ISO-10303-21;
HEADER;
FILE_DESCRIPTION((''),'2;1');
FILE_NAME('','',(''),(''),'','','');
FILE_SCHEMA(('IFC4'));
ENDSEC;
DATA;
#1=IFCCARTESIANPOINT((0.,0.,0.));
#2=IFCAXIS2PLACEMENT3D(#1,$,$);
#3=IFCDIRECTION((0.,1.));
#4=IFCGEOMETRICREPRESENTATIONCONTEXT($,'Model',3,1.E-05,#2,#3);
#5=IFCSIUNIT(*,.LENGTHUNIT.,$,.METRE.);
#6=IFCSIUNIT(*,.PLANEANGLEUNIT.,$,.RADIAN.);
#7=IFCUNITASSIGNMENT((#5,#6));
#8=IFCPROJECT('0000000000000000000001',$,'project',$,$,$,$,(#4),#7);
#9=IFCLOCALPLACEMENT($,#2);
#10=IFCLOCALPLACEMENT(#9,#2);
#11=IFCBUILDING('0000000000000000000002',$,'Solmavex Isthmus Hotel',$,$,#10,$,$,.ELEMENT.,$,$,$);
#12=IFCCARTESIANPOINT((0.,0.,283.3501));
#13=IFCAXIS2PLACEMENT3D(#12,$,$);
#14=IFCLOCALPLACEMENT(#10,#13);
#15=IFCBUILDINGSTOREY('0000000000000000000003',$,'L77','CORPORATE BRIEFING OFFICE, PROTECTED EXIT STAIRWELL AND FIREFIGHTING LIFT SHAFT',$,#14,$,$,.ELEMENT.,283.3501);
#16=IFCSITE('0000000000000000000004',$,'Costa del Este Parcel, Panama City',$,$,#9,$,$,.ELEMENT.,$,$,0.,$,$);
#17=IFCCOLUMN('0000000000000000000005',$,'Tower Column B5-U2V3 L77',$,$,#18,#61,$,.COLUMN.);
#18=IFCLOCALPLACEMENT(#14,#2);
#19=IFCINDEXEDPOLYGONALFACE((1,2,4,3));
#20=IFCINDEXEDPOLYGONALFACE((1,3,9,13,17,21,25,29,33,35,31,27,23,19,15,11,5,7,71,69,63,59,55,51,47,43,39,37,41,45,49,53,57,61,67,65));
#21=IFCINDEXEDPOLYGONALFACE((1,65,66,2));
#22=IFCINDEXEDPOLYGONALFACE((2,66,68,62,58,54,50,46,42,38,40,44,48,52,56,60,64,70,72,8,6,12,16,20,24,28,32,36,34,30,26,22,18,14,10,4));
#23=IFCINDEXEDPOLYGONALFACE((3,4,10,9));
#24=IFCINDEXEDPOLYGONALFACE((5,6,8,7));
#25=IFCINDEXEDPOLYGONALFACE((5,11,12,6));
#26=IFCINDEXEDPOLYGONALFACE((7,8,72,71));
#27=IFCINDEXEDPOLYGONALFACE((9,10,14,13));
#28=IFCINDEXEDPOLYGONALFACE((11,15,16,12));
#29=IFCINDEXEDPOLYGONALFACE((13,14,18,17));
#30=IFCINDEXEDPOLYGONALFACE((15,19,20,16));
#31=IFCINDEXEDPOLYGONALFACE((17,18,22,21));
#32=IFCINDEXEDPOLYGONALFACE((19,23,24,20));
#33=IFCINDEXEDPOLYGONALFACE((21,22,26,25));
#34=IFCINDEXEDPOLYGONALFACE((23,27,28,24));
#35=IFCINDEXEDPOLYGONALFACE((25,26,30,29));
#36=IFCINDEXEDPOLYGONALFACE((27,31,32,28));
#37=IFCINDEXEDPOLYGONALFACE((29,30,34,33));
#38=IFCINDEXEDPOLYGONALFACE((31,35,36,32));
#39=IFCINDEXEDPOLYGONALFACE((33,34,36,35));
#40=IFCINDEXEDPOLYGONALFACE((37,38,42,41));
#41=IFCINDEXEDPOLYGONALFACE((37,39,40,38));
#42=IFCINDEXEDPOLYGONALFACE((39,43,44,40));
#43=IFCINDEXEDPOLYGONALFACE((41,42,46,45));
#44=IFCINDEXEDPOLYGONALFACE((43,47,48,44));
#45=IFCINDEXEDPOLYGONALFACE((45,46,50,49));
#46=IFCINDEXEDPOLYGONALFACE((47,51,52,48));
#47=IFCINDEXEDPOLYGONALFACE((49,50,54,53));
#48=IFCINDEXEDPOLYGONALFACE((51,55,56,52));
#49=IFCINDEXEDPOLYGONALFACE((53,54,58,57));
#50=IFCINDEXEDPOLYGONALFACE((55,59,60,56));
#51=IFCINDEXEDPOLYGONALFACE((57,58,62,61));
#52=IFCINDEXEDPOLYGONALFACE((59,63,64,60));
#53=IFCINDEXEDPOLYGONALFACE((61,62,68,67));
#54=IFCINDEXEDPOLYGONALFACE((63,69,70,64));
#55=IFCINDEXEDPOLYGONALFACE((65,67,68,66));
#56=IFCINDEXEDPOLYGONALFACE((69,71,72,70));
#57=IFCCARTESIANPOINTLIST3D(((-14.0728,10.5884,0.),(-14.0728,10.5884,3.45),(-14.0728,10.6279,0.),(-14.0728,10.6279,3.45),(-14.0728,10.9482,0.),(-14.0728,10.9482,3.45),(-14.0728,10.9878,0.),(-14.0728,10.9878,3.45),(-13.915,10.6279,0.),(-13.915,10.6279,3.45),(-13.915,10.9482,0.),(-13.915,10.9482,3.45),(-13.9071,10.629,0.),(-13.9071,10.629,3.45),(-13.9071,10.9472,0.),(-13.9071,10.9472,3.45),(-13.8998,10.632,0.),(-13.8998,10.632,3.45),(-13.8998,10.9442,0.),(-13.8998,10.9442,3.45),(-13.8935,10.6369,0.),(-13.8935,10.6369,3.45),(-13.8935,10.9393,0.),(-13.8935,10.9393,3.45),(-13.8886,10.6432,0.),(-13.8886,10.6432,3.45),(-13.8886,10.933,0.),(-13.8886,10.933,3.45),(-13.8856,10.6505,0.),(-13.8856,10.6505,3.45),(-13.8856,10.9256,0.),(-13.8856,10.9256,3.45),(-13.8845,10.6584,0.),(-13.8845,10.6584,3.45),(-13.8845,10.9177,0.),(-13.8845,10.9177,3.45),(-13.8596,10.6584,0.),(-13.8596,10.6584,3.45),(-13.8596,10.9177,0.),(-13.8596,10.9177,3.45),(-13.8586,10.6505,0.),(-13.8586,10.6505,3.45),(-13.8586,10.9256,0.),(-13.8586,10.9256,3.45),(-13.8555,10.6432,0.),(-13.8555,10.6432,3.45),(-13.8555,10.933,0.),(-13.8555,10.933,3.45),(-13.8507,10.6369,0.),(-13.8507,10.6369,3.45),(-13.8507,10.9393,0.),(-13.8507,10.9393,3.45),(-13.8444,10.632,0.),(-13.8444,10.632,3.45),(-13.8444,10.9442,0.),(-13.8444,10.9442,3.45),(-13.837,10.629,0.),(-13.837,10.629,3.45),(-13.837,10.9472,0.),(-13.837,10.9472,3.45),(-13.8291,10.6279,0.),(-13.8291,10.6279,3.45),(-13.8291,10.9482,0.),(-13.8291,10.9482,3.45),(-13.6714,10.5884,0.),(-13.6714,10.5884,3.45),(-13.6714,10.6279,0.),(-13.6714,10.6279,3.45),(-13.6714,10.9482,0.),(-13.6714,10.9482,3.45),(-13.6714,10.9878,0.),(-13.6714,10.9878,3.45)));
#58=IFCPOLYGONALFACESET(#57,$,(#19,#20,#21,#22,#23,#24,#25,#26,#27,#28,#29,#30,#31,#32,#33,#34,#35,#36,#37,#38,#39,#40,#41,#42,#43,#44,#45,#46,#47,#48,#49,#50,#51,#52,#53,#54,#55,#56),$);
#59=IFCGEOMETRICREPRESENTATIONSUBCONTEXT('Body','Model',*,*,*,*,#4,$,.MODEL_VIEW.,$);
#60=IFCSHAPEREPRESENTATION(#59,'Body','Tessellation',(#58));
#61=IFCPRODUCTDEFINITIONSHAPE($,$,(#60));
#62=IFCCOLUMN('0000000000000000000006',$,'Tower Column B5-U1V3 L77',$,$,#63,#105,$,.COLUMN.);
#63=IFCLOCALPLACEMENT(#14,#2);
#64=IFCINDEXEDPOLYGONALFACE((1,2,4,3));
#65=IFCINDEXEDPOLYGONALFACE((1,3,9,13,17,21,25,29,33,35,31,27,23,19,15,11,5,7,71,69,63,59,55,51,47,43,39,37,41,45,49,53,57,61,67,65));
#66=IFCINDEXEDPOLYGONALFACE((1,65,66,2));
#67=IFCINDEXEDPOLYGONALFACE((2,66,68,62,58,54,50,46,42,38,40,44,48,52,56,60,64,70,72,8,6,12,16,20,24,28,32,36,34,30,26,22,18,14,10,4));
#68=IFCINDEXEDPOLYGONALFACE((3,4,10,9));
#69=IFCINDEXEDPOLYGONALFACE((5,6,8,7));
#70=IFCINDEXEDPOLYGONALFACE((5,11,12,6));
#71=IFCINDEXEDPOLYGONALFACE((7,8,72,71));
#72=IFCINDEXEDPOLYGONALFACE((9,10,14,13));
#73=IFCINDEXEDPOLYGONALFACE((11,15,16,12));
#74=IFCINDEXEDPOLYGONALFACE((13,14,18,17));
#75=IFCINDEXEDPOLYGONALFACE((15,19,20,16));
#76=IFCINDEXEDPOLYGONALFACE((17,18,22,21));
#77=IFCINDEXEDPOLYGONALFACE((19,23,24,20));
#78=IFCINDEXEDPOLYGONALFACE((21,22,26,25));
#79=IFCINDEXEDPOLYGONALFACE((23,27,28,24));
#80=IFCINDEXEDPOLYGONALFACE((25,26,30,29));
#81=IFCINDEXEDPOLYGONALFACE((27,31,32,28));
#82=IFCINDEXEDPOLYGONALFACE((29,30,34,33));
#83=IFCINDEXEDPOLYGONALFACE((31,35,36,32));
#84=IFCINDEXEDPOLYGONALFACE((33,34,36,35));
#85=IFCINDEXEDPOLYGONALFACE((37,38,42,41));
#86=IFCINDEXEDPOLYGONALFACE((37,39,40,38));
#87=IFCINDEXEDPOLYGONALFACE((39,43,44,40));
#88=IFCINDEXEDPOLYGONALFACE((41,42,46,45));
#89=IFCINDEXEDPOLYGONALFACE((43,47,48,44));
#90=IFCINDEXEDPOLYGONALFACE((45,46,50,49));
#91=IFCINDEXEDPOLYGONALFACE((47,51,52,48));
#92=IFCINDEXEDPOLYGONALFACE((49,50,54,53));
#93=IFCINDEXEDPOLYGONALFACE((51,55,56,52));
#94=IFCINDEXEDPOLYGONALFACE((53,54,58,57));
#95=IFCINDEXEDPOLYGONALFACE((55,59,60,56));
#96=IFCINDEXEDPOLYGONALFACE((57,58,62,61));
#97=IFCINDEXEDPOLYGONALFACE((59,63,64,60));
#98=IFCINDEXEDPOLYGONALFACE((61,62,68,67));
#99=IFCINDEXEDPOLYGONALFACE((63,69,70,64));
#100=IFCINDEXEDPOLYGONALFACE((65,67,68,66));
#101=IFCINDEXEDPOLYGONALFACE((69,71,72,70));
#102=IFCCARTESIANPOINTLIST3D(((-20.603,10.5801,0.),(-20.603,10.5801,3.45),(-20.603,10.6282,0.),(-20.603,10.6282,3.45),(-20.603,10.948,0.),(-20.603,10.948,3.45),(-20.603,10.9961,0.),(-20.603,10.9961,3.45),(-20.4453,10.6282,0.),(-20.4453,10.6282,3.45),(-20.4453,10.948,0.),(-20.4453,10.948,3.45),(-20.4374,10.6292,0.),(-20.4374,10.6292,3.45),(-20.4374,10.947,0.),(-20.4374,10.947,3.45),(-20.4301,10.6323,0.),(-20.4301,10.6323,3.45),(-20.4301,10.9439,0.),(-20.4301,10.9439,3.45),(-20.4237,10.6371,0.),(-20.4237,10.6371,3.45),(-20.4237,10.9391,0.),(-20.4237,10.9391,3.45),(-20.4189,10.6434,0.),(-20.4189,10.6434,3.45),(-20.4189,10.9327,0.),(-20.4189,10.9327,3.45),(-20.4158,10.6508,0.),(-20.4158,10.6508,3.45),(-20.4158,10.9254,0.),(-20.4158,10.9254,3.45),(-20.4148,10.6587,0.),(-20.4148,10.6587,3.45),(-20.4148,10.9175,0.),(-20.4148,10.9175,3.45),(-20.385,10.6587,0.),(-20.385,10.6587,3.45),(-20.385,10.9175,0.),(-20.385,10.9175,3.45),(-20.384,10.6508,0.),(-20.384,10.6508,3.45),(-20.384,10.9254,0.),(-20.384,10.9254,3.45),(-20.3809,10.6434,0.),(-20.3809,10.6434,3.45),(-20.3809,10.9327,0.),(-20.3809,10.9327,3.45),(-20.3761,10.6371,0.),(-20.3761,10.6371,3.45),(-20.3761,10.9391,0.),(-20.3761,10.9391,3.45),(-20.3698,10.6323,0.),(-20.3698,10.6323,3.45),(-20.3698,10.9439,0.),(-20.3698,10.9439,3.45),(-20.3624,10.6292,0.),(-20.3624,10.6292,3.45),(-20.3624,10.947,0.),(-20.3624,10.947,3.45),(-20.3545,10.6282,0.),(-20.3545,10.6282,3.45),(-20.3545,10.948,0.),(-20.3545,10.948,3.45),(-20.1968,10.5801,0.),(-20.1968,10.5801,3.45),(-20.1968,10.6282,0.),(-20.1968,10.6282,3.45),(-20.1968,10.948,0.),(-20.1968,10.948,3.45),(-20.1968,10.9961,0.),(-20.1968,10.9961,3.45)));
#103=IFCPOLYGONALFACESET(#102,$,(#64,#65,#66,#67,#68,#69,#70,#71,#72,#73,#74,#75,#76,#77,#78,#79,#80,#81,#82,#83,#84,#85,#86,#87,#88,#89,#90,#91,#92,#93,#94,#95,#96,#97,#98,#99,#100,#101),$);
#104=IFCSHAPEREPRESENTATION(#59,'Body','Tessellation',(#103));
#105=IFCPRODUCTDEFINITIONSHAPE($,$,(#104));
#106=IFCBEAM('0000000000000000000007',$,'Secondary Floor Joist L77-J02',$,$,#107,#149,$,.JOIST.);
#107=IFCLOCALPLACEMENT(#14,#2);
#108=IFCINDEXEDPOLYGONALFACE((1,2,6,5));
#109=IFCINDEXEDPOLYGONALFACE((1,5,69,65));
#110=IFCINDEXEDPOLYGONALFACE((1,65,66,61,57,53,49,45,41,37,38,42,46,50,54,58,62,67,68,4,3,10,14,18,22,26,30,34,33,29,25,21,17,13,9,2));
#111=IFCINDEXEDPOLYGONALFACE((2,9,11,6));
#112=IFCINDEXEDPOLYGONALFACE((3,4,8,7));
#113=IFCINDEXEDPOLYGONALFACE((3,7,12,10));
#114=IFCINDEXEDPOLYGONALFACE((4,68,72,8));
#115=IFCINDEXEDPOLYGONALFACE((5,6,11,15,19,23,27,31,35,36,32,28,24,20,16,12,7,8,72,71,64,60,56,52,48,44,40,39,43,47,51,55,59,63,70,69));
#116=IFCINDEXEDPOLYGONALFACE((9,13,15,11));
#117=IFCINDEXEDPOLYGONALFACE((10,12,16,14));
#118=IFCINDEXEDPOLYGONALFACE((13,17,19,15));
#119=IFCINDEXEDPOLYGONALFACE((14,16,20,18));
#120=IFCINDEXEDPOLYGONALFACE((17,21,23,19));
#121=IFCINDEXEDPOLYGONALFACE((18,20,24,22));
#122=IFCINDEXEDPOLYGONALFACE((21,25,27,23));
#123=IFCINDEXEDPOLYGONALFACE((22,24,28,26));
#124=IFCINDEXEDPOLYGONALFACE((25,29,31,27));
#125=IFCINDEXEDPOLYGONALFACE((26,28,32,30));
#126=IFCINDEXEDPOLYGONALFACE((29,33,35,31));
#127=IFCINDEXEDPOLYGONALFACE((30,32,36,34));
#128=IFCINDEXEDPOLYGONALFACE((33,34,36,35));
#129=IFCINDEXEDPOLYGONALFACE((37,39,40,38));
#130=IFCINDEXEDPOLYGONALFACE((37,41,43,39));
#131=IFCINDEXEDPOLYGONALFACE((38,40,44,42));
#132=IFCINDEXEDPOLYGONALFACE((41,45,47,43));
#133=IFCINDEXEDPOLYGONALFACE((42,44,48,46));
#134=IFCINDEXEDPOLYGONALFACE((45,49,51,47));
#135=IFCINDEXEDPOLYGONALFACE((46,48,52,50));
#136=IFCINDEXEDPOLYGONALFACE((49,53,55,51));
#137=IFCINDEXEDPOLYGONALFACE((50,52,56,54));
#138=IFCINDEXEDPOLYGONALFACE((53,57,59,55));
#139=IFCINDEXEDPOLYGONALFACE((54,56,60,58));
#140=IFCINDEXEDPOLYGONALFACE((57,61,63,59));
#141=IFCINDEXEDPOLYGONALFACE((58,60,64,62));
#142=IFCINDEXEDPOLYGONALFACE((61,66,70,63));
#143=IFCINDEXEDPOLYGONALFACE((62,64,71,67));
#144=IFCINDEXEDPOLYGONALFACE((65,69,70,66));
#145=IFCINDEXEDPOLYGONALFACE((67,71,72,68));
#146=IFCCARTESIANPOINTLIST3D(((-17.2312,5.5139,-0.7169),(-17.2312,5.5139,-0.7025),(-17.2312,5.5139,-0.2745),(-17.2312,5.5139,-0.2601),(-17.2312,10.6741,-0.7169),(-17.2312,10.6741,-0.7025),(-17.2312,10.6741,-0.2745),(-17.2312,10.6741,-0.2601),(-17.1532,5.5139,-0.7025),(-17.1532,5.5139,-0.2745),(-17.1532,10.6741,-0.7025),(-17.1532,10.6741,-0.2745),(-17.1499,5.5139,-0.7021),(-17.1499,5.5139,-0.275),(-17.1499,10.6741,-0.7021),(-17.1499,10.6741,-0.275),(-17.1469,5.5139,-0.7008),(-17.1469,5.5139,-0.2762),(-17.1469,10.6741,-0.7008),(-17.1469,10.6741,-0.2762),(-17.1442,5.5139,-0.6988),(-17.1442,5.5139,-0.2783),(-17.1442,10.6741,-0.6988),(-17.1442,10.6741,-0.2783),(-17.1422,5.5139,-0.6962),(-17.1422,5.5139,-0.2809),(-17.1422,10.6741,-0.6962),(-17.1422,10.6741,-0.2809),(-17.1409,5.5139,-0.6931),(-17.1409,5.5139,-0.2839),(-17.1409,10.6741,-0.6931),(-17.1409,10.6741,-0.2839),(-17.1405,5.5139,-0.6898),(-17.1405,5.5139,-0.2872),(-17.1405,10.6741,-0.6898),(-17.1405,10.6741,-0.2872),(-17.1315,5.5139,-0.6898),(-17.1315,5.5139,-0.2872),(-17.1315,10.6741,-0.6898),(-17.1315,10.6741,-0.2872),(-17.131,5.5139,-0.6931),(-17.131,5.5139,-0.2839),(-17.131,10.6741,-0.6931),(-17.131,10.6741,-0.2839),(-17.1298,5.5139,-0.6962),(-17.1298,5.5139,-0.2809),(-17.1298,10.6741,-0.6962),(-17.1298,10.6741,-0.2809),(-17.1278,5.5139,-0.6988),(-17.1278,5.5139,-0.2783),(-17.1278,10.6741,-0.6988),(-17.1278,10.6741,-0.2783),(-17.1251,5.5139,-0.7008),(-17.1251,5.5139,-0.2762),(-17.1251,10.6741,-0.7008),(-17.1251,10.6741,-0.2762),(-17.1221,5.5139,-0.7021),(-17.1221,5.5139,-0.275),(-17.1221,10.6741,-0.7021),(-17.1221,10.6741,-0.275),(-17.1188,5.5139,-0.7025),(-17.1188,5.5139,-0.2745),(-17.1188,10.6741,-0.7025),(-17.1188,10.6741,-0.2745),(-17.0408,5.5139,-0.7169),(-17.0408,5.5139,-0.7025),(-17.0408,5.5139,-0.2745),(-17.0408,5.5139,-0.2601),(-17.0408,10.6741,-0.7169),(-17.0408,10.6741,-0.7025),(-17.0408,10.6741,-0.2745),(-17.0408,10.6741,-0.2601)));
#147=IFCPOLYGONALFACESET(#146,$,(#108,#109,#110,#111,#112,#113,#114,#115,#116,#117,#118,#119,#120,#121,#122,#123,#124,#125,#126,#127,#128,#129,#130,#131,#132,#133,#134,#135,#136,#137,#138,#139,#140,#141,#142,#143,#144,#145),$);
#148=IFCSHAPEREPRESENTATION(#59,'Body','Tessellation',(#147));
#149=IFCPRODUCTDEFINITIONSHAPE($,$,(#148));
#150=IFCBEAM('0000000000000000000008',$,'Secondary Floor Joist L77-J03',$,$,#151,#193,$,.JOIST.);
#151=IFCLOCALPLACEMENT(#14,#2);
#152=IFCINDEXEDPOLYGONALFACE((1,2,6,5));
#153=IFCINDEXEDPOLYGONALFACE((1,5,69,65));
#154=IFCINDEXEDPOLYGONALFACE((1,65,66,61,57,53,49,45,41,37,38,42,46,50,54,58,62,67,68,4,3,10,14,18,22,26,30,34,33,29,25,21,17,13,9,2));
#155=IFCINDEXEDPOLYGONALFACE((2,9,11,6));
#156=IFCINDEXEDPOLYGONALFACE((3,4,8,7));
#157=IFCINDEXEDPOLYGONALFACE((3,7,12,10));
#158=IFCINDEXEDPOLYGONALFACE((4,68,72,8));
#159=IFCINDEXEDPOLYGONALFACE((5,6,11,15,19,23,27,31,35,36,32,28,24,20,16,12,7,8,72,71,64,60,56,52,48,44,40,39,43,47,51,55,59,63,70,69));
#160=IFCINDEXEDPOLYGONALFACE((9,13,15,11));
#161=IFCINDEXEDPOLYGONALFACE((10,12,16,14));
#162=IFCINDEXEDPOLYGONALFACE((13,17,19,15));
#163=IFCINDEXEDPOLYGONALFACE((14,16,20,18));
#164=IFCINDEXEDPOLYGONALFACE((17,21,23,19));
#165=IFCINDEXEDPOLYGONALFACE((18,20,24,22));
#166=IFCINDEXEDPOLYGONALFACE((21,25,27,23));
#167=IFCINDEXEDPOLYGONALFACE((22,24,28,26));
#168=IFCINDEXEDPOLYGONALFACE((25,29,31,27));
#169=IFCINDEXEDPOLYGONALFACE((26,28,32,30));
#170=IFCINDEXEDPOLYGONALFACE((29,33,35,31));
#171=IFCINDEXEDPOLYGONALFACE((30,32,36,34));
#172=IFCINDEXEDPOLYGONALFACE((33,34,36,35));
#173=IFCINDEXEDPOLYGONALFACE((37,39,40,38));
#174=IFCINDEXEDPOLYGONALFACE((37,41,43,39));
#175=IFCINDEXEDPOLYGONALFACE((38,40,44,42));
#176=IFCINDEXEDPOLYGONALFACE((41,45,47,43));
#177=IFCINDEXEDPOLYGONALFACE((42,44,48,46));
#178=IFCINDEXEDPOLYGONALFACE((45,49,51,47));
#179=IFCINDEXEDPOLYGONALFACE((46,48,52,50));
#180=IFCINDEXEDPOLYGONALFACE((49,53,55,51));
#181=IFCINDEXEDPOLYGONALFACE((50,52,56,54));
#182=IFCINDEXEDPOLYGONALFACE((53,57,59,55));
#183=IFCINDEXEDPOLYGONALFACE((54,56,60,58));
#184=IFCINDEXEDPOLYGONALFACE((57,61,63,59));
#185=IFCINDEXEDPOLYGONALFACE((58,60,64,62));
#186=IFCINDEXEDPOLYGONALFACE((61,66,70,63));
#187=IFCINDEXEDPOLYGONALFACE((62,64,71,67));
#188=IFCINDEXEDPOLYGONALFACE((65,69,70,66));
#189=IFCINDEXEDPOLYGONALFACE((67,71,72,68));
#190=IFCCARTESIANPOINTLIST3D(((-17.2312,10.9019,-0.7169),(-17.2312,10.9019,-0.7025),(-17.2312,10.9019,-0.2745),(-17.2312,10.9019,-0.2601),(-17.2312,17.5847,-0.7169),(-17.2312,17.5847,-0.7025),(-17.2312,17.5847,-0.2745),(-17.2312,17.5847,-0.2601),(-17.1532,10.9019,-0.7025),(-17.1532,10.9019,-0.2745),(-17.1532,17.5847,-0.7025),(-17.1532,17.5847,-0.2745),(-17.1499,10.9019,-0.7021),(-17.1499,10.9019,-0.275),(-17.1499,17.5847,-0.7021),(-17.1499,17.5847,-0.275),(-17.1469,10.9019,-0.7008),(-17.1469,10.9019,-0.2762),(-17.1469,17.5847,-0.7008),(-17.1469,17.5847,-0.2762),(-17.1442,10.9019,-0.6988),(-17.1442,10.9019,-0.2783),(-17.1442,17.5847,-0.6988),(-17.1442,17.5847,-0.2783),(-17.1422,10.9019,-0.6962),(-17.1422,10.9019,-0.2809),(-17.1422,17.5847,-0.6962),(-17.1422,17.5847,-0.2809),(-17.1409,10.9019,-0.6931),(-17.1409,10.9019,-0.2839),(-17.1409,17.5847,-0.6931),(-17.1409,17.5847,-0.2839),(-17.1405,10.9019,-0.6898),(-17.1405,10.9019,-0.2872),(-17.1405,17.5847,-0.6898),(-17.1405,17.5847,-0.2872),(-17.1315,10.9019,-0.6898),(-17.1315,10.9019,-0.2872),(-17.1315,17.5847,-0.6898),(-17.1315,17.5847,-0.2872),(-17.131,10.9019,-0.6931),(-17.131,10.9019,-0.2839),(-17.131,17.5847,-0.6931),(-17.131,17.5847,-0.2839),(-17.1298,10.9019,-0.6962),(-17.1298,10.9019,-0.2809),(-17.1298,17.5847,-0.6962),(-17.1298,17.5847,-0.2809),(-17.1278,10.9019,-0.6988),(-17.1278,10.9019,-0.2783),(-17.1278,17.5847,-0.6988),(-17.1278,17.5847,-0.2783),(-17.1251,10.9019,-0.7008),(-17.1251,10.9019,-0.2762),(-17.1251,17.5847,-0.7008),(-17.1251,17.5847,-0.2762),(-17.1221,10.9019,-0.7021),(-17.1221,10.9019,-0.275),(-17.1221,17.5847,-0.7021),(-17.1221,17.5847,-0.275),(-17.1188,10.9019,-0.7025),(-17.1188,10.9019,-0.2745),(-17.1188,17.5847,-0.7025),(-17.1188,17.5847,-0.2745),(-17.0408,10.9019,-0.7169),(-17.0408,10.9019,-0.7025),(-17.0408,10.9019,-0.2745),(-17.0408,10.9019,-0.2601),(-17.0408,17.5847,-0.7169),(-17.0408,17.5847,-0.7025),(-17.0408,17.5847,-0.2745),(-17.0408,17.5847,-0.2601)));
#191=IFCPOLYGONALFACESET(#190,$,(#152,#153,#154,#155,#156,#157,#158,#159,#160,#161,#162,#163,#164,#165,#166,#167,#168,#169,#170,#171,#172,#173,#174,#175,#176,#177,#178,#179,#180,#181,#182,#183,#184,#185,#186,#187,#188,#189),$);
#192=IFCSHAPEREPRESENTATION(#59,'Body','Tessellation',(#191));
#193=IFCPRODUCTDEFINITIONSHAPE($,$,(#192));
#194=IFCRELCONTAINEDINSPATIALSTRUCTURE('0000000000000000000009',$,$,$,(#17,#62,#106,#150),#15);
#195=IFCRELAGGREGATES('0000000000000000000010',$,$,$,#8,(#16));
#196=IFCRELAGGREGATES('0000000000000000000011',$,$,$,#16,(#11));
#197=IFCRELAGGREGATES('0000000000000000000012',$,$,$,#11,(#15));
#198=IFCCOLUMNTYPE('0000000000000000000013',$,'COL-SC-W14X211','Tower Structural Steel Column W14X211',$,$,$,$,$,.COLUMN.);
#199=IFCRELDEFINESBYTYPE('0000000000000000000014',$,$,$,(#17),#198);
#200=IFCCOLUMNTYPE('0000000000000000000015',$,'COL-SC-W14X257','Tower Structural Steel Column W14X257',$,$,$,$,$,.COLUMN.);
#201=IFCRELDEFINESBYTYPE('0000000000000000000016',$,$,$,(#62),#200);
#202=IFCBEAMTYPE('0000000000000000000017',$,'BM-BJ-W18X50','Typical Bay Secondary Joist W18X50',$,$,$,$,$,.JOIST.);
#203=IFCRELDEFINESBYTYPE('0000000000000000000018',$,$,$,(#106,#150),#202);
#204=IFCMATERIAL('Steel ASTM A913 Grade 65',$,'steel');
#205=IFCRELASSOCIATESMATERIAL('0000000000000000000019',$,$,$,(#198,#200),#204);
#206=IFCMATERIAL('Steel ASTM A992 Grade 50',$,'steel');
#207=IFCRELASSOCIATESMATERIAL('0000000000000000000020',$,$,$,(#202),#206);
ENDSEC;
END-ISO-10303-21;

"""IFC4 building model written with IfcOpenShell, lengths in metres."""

from ifc_helpers import new_model, si_unit, direction, frame, origin, origin_2d, place, context, subcontext, project, spatial, i_section, extrude, material, material_profile, profile_set, type_object, element, save


model = new_model("IFC4")

# Units and contexts
model_context = context("Model", 3, precision=1e-05, world=origin(), true_north=direction((0.0, 1.0)))
body_context = subcontext(model_context, "Body", "Model", "MODEL_VIEW")
ifc_project = project(units=[si_unit("LENGTHUNIT", "METRE"), si_unit("PLANEANGLEUNIT", "RADIAN")], contexts=[model_context])

# Site, building, storey
site_placement = place(None, origin())
site = spatial("IfcSite", under=ifc_project, at=site_placement, Name="Costa del Este Parcel, Panama City", CompositionType="ELEMENT", RefElevation=0.0)
building_placement = place(site_placement, origin())
building = spatial("IfcBuilding", under=site, at=building_placement, Name="Solmavex Isthmus Hotel", CompositionType="ELEMENT")
storey_placement = place(building_placement, frame((0.0, 0.0, 283.3501)))
storey = spatial("IfcBuildingStorey", under=building, at=storey_placement, Name="L77", Description="CORPORATE BRIEFING OFFICE, PROTECTED EXIT STAIRWELL AND FIREFIGHTING LIFT SHAFT", CompositionType="ELEMENT", Elevation=283.3501)

# Columns
ifc_material_1 = material(Name="Steel ASTM A913 Grade 65", Category="steel")
ifc_material_profile_1 = material_profile(ifc_material_1, i_section(OverallWidth=0.4014, OverallDepth=0.3994, WebThickness=0.0249, FlangeThickness=0.0396, FilletRadius=0.0305, at=origin_2d()), Name="W14X211")
ifc_profile_set_1 = profile_set([ifc_material_profile_1], Name="Steel ASTM A913 Grade 65")
column_type_1 = type_object("IfcColumnType", Name="COL-SC-W14X211", Description="Tower Structural Steel Column W14X211", PredefinedType="COLUMN", material=ifc_profile_set_1)
column_1_placement = place(storey_placement, frame((-13.8721, 10.7881, 0.0), z_axis=(0.0, 0.0, 1.0), x_axis=(1.0, 0.0, 0.0)))
element("IfcColumn", 1, at=column_1_placement, inside=storey, type_object=column_type_1, Name="Tower Column B5-U2V3 L77", PredefinedType="COLUMN", context=body_context, shape_type="SweptSolid", body=[
    extrude(i_section(OverallWidth=0.4014, OverallDepth=0.3994, WebThickness=0.0249, FlangeThickness=0.0396, FilletRadius=0.0305, at=origin_2d()), origin(), (0.0, 0.0, 1.0), 3.45),
])
ifc_material_profile_2 = material_profile(ifc_material_1, i_section(OverallWidth=0.4062, OverallDepth=0.416, WebThickness=0.0298, FlangeThickness=0.0481, FilletRadius=0.0305, at=origin_2d()), Name="W14X257")
ifc_profile_set_2 = profile_set([ifc_material_profile_2], Name="Steel ASTM A913 Grade 65")
column_type_2 = type_object("IfcColumnType", Name="COL-SC-W14X257", Description="Tower Structural Steel Column W14X257", PredefinedType="COLUMN", material=ifc_profile_set_2)
column_2_placement = place(storey_placement, frame((-20.3999, 10.7881, 0.0), z_axis=(0.0, 0.0, 1.0), x_axis=(1.0, 0.0, 0.0)))
element("IfcColumn", 2, at=column_2_placement, inside=storey, type_object=column_type_2, Name="Tower Column B5-U1V3 L77", PredefinedType="COLUMN", context=body_context, shape_type="SweptSolid", body=[
    extrude(i_section(OverallWidth=0.4062, OverallDepth=0.416, WebThickness=0.0298, FlangeThickness=0.0481, FilletRadius=0.0305, at=origin_2d()), origin(), (0.0, 0.0, 1.0), 3.45),
])

# Beams
ifc_material_2 = material(Name="Steel ASTM A992 Grade 50", Category="steel")
ifc_material_profile_3 = material_profile(ifc_material_2, i_section(OverallWidth=0.1904, OverallDepth=0.4568, WebThickness=0.009, FlangeThickness=0.0144, FilletRadius=0.0127, at=origin_2d()), Name="W18X50")
ifc_profile_set_3 = profile_set([ifc_material_profile_3], Name="Steel ASTM A992 Grade 50")
beam_type_1 = type_object("IfcBeamType", Name="BM-BJ-W18X50", Description="Typical Bay Secondary Joist W18X50", PredefinedType="JOIST", material=ifc_profile_set_3)
beam_1_placement = place(storey_placement, frame((-17.136, 5.5139, -0.4885), z_axis=(0.0, 1.0, 0.0), x_axis=(-1.0, 0.0, 0.0)))
element("IfcBeam", 3, at=beam_1_placement, inside=storey, type_object=beam_type_1, Name="Secondary Floor Joist L77-J02", PredefinedType="JOIST", context=body_context, shape_type="SweptSolid", body=[
    extrude(i_section(OverallWidth=0.1904, OverallDepth=0.4568, WebThickness=0.009, FlangeThickness=0.0144, FilletRadius=0.0127, at=origin_2d()), origin(), (0.0, 0.0, 1.0), 5.1602),
])
beam_2_placement = place(storey_placement, frame((-17.136, 10.9019, -0.4885), z_axis=(0.0, 1.0, 0.0), x_axis=(-1.0, 0.0, 0.0)))
element("IfcBeam", 4, at=beam_2_placement, inside=storey, type_object=beam_type_1, Name="Secondary Floor Joist L77-J03", PredefinedType="JOIST", context=body_context, shape_type="SweptSolid", body=[
    extrude(i_section(OverallWidth=0.1904, OverallDepth=0.4568, WebThickness=0.009, FlangeThickness=0.0144, FilletRadius=0.0127, at=origin_2d()), origin(), (0.0, 0.0, 1.0), 6.6829),
])

save(model, "model.ifc")
